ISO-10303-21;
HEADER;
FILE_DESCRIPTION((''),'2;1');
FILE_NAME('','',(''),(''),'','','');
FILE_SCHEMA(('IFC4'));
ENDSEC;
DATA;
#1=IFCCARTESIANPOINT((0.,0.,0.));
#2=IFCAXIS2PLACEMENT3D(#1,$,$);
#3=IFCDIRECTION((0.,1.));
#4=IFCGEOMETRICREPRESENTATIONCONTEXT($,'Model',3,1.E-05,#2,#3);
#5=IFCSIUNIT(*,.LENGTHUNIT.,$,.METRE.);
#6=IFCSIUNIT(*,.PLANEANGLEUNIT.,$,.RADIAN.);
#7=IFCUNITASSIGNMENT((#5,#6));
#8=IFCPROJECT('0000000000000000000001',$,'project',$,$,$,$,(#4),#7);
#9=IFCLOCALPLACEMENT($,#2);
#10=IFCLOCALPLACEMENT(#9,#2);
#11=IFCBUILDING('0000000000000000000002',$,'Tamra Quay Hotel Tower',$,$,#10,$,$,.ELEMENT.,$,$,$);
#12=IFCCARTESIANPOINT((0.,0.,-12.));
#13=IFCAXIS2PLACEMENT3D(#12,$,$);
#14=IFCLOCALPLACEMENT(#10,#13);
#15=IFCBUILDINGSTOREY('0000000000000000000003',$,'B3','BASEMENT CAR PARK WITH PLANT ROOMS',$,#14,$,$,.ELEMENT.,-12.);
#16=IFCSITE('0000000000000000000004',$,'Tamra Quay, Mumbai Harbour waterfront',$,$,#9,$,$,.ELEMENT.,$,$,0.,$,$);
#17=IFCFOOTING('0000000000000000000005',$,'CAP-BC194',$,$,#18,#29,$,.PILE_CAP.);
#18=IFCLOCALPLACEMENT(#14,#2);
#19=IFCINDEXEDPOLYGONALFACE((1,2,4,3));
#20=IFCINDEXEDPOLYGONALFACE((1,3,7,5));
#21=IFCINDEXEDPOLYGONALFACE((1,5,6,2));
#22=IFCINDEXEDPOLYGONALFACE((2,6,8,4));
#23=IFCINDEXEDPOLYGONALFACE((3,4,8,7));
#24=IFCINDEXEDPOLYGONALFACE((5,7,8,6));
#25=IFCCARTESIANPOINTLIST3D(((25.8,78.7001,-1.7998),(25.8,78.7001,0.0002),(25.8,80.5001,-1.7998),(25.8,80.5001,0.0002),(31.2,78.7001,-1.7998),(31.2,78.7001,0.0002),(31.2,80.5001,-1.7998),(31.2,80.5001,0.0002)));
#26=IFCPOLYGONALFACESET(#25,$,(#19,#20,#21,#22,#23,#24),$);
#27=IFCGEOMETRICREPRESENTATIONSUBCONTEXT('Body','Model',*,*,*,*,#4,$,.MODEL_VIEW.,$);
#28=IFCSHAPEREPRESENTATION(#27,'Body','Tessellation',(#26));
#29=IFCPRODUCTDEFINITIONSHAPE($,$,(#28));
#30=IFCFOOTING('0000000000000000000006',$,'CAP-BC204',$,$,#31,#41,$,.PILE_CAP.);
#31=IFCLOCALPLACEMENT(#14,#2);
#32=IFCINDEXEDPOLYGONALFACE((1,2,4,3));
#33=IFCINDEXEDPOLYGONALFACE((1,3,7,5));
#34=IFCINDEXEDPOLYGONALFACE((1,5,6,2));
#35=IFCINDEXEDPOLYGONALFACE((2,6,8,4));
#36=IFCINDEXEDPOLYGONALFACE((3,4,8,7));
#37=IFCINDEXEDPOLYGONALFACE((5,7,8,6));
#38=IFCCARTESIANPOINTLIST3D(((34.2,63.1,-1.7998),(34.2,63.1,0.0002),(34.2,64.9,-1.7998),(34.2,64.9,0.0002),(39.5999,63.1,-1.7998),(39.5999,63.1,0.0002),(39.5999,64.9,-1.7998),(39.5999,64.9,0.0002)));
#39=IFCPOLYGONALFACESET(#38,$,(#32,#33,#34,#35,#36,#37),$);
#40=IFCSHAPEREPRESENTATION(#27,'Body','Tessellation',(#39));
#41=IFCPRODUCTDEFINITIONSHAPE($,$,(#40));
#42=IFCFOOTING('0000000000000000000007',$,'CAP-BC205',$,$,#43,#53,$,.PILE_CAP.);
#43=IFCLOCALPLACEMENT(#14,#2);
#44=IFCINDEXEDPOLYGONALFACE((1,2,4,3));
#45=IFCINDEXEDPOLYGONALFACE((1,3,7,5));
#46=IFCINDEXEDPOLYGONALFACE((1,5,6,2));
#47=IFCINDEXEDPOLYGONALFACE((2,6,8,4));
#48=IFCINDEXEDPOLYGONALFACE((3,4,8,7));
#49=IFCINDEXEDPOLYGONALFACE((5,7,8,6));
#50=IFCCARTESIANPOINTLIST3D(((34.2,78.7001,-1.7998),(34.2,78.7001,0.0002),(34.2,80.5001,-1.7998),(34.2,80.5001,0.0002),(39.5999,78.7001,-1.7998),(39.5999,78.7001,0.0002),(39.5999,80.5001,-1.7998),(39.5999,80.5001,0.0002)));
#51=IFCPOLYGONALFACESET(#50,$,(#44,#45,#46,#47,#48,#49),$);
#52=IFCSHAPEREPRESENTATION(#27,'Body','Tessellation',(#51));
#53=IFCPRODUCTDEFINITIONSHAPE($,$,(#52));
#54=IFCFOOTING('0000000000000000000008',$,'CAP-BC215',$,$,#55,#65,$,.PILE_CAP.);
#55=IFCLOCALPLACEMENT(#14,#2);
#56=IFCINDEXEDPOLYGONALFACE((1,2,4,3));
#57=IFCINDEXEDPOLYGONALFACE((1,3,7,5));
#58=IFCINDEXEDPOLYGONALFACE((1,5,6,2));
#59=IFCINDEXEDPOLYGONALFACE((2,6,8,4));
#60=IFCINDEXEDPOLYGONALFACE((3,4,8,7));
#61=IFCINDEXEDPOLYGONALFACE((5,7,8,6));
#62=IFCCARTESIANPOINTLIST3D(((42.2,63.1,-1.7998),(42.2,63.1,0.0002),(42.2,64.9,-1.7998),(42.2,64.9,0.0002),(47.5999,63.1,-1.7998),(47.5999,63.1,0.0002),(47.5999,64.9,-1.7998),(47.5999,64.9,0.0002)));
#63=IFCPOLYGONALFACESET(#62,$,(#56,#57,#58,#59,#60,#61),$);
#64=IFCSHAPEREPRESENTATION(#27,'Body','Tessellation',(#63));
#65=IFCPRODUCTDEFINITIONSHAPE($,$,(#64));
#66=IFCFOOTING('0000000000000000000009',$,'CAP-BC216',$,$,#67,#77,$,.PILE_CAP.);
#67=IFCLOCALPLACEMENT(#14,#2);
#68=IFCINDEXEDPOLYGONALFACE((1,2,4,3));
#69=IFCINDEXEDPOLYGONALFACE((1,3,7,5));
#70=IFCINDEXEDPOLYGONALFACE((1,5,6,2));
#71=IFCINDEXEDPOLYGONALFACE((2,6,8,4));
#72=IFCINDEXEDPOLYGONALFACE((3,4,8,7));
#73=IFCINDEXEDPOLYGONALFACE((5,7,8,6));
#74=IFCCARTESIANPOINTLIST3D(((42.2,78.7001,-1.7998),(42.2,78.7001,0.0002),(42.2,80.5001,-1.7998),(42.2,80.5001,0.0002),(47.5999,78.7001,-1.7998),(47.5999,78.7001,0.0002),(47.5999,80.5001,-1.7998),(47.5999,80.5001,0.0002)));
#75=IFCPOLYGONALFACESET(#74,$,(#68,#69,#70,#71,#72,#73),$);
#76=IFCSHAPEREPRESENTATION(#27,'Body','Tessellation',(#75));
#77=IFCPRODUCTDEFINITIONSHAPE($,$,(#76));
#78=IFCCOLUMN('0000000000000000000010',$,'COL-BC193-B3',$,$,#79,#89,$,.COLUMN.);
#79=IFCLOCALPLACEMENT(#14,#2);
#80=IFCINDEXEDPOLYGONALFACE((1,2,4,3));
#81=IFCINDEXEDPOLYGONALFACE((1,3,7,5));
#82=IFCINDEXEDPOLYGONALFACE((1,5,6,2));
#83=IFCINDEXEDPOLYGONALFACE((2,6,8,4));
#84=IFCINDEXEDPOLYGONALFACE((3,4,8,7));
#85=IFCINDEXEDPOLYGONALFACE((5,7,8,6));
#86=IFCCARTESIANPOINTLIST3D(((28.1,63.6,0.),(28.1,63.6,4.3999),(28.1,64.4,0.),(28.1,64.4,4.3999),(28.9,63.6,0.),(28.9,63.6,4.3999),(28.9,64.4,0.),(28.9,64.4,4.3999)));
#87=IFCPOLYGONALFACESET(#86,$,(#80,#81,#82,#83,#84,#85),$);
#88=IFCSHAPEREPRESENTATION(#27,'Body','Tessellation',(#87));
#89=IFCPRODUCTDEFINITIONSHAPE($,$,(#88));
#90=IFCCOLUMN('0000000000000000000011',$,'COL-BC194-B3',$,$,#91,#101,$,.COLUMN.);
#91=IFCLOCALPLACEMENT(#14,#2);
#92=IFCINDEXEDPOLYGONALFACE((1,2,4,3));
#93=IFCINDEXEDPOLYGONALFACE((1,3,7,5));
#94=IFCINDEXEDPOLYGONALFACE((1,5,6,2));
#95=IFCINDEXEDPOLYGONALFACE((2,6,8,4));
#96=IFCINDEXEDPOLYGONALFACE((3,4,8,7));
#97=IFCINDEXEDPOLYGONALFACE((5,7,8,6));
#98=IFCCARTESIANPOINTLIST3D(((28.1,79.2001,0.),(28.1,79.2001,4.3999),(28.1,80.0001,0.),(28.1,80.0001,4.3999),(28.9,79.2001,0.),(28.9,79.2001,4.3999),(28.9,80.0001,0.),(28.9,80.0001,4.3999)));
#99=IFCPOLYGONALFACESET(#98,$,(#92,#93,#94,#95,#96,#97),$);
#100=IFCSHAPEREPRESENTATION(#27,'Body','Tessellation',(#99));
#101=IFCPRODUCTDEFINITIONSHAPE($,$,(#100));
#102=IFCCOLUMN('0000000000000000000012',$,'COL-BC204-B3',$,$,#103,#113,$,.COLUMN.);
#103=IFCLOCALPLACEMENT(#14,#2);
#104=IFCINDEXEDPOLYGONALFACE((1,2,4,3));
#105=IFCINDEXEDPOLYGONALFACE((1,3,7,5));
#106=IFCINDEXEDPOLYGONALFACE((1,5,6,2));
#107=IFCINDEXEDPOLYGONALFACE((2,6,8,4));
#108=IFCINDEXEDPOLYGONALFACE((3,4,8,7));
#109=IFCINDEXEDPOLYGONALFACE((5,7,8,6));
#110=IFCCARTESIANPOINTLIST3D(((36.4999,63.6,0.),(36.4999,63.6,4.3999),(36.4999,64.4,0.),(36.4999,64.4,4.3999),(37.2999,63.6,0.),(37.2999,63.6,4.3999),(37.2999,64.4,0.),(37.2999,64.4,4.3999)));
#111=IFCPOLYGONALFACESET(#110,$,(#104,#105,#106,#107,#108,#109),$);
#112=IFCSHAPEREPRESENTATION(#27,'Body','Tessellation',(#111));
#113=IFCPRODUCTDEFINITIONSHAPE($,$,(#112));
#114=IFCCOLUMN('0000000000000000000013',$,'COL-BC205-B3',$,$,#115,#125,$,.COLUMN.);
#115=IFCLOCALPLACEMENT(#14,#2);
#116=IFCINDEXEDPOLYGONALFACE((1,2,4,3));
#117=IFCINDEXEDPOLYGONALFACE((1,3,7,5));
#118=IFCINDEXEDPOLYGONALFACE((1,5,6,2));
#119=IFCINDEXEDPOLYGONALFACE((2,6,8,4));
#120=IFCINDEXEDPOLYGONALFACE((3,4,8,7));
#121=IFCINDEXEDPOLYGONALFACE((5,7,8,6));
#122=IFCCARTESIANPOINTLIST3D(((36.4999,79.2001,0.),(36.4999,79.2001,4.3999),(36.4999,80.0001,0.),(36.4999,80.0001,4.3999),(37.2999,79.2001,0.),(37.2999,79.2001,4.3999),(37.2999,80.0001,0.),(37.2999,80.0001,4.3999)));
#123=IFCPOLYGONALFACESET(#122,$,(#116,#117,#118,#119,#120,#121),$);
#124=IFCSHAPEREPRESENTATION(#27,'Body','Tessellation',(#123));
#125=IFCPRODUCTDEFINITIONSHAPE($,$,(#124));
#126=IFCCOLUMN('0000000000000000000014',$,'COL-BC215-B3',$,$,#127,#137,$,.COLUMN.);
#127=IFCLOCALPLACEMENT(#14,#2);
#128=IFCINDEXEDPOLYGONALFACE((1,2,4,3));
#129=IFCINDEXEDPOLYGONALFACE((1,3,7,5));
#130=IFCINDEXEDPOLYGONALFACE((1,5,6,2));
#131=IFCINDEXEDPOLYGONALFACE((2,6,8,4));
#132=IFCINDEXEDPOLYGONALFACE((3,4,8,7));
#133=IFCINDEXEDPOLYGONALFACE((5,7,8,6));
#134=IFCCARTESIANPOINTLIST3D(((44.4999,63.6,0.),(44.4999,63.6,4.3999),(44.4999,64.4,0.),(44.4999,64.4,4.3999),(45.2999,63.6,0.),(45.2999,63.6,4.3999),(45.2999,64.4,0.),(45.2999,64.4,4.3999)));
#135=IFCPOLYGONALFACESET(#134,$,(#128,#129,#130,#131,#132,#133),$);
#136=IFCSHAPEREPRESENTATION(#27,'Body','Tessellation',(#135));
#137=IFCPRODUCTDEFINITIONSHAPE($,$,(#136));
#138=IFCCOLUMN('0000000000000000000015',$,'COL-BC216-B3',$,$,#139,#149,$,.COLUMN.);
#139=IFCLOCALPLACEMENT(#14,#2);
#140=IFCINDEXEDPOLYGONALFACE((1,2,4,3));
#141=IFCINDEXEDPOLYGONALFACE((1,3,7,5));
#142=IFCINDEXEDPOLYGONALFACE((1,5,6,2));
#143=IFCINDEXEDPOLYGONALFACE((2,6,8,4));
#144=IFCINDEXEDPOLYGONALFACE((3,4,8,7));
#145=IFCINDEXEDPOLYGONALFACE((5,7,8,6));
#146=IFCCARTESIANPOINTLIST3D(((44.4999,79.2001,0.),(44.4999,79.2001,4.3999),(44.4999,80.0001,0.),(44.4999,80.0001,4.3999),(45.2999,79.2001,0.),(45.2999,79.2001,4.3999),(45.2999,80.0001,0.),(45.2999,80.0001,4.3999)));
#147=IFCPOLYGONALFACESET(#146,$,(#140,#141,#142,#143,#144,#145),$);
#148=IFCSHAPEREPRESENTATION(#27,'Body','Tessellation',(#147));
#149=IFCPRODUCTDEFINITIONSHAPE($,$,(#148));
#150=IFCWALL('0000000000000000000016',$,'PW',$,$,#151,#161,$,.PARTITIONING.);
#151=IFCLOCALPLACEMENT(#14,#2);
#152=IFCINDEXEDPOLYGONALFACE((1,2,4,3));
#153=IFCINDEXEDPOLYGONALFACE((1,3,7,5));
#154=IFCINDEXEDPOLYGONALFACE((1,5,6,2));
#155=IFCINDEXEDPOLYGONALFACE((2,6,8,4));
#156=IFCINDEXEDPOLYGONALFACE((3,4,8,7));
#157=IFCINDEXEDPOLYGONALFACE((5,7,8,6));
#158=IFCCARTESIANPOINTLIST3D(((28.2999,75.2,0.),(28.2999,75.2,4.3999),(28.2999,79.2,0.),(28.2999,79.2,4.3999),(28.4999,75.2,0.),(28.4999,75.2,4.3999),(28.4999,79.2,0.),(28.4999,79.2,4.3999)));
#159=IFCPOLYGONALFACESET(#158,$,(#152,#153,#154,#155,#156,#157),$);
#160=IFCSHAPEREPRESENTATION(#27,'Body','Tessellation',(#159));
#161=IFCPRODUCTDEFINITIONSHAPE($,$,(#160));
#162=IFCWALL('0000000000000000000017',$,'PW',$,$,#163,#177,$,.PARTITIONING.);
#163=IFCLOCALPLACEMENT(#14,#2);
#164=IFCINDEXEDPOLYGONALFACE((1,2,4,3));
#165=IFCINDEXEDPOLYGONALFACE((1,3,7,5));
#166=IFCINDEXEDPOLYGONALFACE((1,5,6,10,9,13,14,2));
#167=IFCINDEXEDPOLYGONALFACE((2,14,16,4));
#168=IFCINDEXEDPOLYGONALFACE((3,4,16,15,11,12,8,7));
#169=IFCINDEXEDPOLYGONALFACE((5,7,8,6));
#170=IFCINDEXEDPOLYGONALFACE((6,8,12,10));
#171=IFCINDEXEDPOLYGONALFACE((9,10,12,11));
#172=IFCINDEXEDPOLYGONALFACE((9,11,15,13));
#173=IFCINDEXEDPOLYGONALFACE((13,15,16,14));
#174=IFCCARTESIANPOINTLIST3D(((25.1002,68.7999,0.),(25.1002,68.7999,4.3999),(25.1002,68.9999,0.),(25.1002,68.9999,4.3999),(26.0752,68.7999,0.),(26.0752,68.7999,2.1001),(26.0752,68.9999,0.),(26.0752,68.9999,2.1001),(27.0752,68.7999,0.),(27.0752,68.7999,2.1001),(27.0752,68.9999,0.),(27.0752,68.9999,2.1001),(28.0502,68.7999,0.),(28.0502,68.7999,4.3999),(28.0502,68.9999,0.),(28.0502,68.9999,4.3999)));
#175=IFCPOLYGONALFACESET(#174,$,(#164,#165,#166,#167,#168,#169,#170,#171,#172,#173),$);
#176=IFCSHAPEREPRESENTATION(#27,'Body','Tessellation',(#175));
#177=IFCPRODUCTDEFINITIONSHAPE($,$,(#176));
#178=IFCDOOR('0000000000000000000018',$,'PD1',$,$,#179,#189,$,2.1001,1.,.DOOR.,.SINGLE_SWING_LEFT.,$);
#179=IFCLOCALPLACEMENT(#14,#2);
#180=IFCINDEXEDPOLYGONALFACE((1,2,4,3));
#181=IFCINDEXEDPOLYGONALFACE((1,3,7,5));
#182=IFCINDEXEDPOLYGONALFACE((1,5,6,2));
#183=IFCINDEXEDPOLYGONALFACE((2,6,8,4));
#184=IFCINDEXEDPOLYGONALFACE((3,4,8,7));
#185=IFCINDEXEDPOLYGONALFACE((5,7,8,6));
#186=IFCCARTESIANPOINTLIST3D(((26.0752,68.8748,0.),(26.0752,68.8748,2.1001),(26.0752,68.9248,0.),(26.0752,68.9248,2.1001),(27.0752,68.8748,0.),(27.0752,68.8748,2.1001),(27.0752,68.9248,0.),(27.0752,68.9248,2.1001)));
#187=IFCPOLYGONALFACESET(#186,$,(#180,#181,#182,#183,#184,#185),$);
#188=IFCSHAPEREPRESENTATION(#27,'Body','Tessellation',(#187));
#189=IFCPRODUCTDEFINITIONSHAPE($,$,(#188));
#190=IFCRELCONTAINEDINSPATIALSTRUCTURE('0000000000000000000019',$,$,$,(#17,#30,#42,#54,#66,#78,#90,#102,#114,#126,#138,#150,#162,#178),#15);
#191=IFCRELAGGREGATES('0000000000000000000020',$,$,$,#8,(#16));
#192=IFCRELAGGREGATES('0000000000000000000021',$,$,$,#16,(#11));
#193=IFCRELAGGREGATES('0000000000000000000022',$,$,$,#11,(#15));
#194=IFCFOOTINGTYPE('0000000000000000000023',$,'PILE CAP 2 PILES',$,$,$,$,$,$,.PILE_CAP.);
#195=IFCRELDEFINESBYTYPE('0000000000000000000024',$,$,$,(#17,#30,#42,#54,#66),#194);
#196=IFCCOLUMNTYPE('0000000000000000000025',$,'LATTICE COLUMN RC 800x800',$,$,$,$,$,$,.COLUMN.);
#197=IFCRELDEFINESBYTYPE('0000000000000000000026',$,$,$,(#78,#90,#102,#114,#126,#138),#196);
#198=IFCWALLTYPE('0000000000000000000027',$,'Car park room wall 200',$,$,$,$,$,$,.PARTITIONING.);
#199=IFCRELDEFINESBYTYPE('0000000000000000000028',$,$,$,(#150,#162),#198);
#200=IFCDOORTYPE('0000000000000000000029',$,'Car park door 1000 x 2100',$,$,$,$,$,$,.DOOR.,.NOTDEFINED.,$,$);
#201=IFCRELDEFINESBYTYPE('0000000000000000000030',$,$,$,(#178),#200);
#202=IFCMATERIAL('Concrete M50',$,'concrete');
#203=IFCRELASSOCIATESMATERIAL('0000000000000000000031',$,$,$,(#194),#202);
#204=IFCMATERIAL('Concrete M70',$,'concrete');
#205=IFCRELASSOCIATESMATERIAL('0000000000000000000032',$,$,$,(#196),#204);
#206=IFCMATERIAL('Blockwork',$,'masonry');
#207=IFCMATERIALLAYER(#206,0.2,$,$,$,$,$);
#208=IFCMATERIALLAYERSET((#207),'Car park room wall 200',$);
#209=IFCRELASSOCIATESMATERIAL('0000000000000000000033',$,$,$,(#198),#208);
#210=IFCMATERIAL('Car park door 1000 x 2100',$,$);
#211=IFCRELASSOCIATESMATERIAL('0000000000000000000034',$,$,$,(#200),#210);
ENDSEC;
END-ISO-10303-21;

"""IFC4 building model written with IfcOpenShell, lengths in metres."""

from ifc_helpers import new_model, si_unit, direction, frame, frame_2d, origin, origin_2d, place, context, subcontext, project, spatial, rectangle, extrude, material, layer, layer_set, material_profile, profile_set, type_object, element, fill, save


model = new_model("IFC4")

# Units and contexts
model_context = context("Model", 3, precision=1e-05, world=origin(), true_north=direction((0.0, 1.0)))
body_context = subcontext(model_context, "Body", "Model", "MODEL_VIEW")
ifc_project = project(units=[si_unit("LENGTHUNIT", "METRE"), si_unit("PLANEANGLEUNIT", "RADIAN")], contexts=[model_context])

# Site, building, storey
site_placement = place(None, origin())
site = spatial("IfcSite", under=ifc_project, at=site_placement, Name="Tamra Quay, Mumbai Harbour waterfront", CompositionType="ELEMENT", RefElevation=0.0)
building_placement = place(site_placement, origin())
building = spatial("IfcBuilding", under=site, at=building_placement, Name="Tamra Quay Hotel Tower", CompositionType="ELEMENT")
storey_placement = place(building_placement, frame((0.0, 0.0, -12.0)))
storey = spatial("IfcBuildingStorey", under=building, at=storey_placement, Name="B3", Description="BASEMENT CAR PARK WITH PLANT ROOMS", CompositionType="ELEMENT", Elevation=-12.0)

# Footings
ifc_material_1 = material(Name="Concrete M50", Category="concrete")
footing_type = type_object("IfcFootingType", Name="PILE CAP 2 PILES", PredefinedType="PILE_CAP", material=ifc_material_1)
for number, where, z_axis, x_axis, name in (
    (1, (28.5, 79.6001, -1.7998), (0.0, 0.0, 1.0), (1.0, 0.0, 0.0), "CAP-BC194"),
    (2, (36.8999, 64.0, -1.7998), (0.0, 0.0, 1.0), (1.0, 0.0, 0.0), "CAP-BC204"),
    (3, (36.8999, 79.6001, -1.7998), (0.0, 0.0, 1.0), (1.0, 0.0, 0.0), "CAP-BC205"),
    (4, (44.8999, 64.0, -1.7998), (0.0, 0.0, 1.0), (1.0, 0.0, 0.0), "CAP-BC215"),
    (5, (44.8999, 79.6001, -1.7998), (0.0, 0.0, 1.0), (1.0, 0.0, 0.0), "CAP-BC216"),
):
    element("IfcFooting", number, at=place(storey_placement, frame(where, z_axis=z_axis, x_axis=x_axis)), inside=storey, type_object=footing_type, Name=name, PredefinedType="PILE_CAP", context=body_context, shape_type="SweptSolid", body=[
        extrude(rectangle(XDim=5.3999, YDim=1.8, at=origin_2d()), origin(), (0.0, 0.0, 1.0), 1.8),
    ])

# Columns
ifc_material_2 = material(Name="Concrete M70", Category="concrete")
ifc_material_profile_1 = material_profile(ifc_material_2, rectangle(XDim=0.8, YDim=0.8, at=origin_2d()), Name="LATTICE COLUMN RC 800x800")
ifc_profile_set_1 = profile_set([ifc_material_profile_1], Name="Concrete M70")
column_type = type_object("IfcColumnType", Name="LATTICE COLUMN RC 800x800", PredefinedType="COLUMN", material=ifc_profile_set_1)
for number, where, z_axis, x_axis, name in (
    (6, (28.5, 64.0, 0.0), (0.0, 0.0, 1.0), (1.0, 0.0, 0.0), "COL-BC193-B3"),
    (7, (28.5, 79.6001, 0.0), (0.0, 0.0, 1.0), (1.0, 0.0, 0.0), "COL-BC194-B3"),
    (8, (36.8999, 64.0, 0.0), (0.0, 0.0, 1.0), (1.0, 0.0, 0.0), "COL-BC204-B3"),
    (9, (36.8999, 79.6001, 0.0), (0.0, 0.0, 1.0), (1.0, 0.0, 0.0), "COL-BC205-B3"),
    (10, (44.8999, 64.0, 0.0), (0.0, 0.0, 1.0), (1.0, 0.0, 0.0), "COL-BC215-B3"),
    (11, (44.8999, 79.6001, 0.0), (0.0, 0.0, 1.0), (1.0, 0.0, 0.0), "COL-BC216-B3"),
):
    element("IfcColumn", number, at=place(storey_placement, frame(where, z_axis=z_axis, x_axis=x_axis)), inside=storey, type_object=column_type, Name=name, PredefinedType="COLUMN", context=body_context, shape_type="SweptSolid", body=[
        extrude(rectangle(XDim=0.8, YDim=0.8, at=origin_2d()), origin(), (0.0, 0.0, 1.0), 4.3999),
    ])

# Wall
ifc_material_3 = material(Name="Blockwork", Category="masonry")
ifc_layer = layer(ifc_material_3, 0.2)
ifc_layer_set = layer_set([ifc_layer], Name="Car park room wall 200")
wall_type = type_object("IfcWallType", Name="Car park room wall 200", PredefinedType="PARTITIONING", material=ifc_layer_set)
wall_1_placement = place(storey_placement, frame((28.3999, 75.2, 0.0), z_axis=(0.0, 0.0, 1.0), x_axis=(0.0, 1.0, 0.0)))
element("IfcWall", 12, at=wall_1_placement, inside=storey, type_object=wall_type, Name="PW", PredefinedType="PARTITIONING", context=body_context, shape_type="SweptSolid", body=[
    extrude(rectangle(XDim=4.0, YDim=0.2, at=frame_2d((2.0, 0.0))), origin(), (0.0, 0.0, 1.0), 4.3999),
])

# Wall, opening, door
wall_2_placement = place(storey_placement, frame((25.1001, 68.8999, 0.0), z_axis=(0.0, 0.0, 1.0), x_axis=(1.0, 0.0, 0.0)))
wall_2 = element("IfcWall", 13, at=wall_2_placement, inside=storey, type_object=wall_type, Name="PW", PredefinedType="PARTITIONING", context=body_context, shape_type="SweptSolid", body=[
    extrude(rectangle(XDim=2.95, YDim=0.2, at=frame_2d((1.4751, 0.0))), origin(), (0.0, 0.0, 1.0), 4.3999),
])
opening_placement = place(wall_2_placement, frame((0.9751, 0.0, 0.0)))
opening = element("IfcOpeningElement", 14, at=opening_placement, cuts=wall_2, PredefinedType="OPENING", context=body_context, shape_type="SweptSolid", body=[
    extrude(rectangle(XDim=1.0, YDim=2.1001, at=frame_2d((0.5, 1.05))), frame((0.0, 0.1099, 0.0), z_axis=(0.0, -1.0, 0.0), x_axis=(1.0, 0.0, 0.0)), (0.0, 0.0, 1.0), 0.22),
])
ifc_material_4 = material(Name="Car park door 1000 x 2100")
door_type = type_object("IfcDoorType", Name="Car park door 1000 x 2100", OperationType="NOTDEFINED", PredefinedType="DOOR", material=ifc_material_4)
door_placement = place(opening_placement, origin())
door = element("IfcDoor", 15, at=door_placement, inside=storey, type_object=door_type, Name="PD1", OperationType="SINGLE_SWING_LEFT", OverallHeight=2.1001, OverallWidth=1.0, PredefinedType="DOOR", context=body_context, shape_type="SweptSolid", body=[
    extrude(rectangle(XDim=1.0, YDim=2.1001, at=frame_2d((0.5, 1.05))), frame((0.0, 0.0249, 0.0), z_axis=(0.0, -1.0, 0.0), x_axis=(1.0, 0.0, 0.0)), (0.0, 0.0, 1.0), 0.05),
])
fill(opening, door)

save(model, "model.ifc")
